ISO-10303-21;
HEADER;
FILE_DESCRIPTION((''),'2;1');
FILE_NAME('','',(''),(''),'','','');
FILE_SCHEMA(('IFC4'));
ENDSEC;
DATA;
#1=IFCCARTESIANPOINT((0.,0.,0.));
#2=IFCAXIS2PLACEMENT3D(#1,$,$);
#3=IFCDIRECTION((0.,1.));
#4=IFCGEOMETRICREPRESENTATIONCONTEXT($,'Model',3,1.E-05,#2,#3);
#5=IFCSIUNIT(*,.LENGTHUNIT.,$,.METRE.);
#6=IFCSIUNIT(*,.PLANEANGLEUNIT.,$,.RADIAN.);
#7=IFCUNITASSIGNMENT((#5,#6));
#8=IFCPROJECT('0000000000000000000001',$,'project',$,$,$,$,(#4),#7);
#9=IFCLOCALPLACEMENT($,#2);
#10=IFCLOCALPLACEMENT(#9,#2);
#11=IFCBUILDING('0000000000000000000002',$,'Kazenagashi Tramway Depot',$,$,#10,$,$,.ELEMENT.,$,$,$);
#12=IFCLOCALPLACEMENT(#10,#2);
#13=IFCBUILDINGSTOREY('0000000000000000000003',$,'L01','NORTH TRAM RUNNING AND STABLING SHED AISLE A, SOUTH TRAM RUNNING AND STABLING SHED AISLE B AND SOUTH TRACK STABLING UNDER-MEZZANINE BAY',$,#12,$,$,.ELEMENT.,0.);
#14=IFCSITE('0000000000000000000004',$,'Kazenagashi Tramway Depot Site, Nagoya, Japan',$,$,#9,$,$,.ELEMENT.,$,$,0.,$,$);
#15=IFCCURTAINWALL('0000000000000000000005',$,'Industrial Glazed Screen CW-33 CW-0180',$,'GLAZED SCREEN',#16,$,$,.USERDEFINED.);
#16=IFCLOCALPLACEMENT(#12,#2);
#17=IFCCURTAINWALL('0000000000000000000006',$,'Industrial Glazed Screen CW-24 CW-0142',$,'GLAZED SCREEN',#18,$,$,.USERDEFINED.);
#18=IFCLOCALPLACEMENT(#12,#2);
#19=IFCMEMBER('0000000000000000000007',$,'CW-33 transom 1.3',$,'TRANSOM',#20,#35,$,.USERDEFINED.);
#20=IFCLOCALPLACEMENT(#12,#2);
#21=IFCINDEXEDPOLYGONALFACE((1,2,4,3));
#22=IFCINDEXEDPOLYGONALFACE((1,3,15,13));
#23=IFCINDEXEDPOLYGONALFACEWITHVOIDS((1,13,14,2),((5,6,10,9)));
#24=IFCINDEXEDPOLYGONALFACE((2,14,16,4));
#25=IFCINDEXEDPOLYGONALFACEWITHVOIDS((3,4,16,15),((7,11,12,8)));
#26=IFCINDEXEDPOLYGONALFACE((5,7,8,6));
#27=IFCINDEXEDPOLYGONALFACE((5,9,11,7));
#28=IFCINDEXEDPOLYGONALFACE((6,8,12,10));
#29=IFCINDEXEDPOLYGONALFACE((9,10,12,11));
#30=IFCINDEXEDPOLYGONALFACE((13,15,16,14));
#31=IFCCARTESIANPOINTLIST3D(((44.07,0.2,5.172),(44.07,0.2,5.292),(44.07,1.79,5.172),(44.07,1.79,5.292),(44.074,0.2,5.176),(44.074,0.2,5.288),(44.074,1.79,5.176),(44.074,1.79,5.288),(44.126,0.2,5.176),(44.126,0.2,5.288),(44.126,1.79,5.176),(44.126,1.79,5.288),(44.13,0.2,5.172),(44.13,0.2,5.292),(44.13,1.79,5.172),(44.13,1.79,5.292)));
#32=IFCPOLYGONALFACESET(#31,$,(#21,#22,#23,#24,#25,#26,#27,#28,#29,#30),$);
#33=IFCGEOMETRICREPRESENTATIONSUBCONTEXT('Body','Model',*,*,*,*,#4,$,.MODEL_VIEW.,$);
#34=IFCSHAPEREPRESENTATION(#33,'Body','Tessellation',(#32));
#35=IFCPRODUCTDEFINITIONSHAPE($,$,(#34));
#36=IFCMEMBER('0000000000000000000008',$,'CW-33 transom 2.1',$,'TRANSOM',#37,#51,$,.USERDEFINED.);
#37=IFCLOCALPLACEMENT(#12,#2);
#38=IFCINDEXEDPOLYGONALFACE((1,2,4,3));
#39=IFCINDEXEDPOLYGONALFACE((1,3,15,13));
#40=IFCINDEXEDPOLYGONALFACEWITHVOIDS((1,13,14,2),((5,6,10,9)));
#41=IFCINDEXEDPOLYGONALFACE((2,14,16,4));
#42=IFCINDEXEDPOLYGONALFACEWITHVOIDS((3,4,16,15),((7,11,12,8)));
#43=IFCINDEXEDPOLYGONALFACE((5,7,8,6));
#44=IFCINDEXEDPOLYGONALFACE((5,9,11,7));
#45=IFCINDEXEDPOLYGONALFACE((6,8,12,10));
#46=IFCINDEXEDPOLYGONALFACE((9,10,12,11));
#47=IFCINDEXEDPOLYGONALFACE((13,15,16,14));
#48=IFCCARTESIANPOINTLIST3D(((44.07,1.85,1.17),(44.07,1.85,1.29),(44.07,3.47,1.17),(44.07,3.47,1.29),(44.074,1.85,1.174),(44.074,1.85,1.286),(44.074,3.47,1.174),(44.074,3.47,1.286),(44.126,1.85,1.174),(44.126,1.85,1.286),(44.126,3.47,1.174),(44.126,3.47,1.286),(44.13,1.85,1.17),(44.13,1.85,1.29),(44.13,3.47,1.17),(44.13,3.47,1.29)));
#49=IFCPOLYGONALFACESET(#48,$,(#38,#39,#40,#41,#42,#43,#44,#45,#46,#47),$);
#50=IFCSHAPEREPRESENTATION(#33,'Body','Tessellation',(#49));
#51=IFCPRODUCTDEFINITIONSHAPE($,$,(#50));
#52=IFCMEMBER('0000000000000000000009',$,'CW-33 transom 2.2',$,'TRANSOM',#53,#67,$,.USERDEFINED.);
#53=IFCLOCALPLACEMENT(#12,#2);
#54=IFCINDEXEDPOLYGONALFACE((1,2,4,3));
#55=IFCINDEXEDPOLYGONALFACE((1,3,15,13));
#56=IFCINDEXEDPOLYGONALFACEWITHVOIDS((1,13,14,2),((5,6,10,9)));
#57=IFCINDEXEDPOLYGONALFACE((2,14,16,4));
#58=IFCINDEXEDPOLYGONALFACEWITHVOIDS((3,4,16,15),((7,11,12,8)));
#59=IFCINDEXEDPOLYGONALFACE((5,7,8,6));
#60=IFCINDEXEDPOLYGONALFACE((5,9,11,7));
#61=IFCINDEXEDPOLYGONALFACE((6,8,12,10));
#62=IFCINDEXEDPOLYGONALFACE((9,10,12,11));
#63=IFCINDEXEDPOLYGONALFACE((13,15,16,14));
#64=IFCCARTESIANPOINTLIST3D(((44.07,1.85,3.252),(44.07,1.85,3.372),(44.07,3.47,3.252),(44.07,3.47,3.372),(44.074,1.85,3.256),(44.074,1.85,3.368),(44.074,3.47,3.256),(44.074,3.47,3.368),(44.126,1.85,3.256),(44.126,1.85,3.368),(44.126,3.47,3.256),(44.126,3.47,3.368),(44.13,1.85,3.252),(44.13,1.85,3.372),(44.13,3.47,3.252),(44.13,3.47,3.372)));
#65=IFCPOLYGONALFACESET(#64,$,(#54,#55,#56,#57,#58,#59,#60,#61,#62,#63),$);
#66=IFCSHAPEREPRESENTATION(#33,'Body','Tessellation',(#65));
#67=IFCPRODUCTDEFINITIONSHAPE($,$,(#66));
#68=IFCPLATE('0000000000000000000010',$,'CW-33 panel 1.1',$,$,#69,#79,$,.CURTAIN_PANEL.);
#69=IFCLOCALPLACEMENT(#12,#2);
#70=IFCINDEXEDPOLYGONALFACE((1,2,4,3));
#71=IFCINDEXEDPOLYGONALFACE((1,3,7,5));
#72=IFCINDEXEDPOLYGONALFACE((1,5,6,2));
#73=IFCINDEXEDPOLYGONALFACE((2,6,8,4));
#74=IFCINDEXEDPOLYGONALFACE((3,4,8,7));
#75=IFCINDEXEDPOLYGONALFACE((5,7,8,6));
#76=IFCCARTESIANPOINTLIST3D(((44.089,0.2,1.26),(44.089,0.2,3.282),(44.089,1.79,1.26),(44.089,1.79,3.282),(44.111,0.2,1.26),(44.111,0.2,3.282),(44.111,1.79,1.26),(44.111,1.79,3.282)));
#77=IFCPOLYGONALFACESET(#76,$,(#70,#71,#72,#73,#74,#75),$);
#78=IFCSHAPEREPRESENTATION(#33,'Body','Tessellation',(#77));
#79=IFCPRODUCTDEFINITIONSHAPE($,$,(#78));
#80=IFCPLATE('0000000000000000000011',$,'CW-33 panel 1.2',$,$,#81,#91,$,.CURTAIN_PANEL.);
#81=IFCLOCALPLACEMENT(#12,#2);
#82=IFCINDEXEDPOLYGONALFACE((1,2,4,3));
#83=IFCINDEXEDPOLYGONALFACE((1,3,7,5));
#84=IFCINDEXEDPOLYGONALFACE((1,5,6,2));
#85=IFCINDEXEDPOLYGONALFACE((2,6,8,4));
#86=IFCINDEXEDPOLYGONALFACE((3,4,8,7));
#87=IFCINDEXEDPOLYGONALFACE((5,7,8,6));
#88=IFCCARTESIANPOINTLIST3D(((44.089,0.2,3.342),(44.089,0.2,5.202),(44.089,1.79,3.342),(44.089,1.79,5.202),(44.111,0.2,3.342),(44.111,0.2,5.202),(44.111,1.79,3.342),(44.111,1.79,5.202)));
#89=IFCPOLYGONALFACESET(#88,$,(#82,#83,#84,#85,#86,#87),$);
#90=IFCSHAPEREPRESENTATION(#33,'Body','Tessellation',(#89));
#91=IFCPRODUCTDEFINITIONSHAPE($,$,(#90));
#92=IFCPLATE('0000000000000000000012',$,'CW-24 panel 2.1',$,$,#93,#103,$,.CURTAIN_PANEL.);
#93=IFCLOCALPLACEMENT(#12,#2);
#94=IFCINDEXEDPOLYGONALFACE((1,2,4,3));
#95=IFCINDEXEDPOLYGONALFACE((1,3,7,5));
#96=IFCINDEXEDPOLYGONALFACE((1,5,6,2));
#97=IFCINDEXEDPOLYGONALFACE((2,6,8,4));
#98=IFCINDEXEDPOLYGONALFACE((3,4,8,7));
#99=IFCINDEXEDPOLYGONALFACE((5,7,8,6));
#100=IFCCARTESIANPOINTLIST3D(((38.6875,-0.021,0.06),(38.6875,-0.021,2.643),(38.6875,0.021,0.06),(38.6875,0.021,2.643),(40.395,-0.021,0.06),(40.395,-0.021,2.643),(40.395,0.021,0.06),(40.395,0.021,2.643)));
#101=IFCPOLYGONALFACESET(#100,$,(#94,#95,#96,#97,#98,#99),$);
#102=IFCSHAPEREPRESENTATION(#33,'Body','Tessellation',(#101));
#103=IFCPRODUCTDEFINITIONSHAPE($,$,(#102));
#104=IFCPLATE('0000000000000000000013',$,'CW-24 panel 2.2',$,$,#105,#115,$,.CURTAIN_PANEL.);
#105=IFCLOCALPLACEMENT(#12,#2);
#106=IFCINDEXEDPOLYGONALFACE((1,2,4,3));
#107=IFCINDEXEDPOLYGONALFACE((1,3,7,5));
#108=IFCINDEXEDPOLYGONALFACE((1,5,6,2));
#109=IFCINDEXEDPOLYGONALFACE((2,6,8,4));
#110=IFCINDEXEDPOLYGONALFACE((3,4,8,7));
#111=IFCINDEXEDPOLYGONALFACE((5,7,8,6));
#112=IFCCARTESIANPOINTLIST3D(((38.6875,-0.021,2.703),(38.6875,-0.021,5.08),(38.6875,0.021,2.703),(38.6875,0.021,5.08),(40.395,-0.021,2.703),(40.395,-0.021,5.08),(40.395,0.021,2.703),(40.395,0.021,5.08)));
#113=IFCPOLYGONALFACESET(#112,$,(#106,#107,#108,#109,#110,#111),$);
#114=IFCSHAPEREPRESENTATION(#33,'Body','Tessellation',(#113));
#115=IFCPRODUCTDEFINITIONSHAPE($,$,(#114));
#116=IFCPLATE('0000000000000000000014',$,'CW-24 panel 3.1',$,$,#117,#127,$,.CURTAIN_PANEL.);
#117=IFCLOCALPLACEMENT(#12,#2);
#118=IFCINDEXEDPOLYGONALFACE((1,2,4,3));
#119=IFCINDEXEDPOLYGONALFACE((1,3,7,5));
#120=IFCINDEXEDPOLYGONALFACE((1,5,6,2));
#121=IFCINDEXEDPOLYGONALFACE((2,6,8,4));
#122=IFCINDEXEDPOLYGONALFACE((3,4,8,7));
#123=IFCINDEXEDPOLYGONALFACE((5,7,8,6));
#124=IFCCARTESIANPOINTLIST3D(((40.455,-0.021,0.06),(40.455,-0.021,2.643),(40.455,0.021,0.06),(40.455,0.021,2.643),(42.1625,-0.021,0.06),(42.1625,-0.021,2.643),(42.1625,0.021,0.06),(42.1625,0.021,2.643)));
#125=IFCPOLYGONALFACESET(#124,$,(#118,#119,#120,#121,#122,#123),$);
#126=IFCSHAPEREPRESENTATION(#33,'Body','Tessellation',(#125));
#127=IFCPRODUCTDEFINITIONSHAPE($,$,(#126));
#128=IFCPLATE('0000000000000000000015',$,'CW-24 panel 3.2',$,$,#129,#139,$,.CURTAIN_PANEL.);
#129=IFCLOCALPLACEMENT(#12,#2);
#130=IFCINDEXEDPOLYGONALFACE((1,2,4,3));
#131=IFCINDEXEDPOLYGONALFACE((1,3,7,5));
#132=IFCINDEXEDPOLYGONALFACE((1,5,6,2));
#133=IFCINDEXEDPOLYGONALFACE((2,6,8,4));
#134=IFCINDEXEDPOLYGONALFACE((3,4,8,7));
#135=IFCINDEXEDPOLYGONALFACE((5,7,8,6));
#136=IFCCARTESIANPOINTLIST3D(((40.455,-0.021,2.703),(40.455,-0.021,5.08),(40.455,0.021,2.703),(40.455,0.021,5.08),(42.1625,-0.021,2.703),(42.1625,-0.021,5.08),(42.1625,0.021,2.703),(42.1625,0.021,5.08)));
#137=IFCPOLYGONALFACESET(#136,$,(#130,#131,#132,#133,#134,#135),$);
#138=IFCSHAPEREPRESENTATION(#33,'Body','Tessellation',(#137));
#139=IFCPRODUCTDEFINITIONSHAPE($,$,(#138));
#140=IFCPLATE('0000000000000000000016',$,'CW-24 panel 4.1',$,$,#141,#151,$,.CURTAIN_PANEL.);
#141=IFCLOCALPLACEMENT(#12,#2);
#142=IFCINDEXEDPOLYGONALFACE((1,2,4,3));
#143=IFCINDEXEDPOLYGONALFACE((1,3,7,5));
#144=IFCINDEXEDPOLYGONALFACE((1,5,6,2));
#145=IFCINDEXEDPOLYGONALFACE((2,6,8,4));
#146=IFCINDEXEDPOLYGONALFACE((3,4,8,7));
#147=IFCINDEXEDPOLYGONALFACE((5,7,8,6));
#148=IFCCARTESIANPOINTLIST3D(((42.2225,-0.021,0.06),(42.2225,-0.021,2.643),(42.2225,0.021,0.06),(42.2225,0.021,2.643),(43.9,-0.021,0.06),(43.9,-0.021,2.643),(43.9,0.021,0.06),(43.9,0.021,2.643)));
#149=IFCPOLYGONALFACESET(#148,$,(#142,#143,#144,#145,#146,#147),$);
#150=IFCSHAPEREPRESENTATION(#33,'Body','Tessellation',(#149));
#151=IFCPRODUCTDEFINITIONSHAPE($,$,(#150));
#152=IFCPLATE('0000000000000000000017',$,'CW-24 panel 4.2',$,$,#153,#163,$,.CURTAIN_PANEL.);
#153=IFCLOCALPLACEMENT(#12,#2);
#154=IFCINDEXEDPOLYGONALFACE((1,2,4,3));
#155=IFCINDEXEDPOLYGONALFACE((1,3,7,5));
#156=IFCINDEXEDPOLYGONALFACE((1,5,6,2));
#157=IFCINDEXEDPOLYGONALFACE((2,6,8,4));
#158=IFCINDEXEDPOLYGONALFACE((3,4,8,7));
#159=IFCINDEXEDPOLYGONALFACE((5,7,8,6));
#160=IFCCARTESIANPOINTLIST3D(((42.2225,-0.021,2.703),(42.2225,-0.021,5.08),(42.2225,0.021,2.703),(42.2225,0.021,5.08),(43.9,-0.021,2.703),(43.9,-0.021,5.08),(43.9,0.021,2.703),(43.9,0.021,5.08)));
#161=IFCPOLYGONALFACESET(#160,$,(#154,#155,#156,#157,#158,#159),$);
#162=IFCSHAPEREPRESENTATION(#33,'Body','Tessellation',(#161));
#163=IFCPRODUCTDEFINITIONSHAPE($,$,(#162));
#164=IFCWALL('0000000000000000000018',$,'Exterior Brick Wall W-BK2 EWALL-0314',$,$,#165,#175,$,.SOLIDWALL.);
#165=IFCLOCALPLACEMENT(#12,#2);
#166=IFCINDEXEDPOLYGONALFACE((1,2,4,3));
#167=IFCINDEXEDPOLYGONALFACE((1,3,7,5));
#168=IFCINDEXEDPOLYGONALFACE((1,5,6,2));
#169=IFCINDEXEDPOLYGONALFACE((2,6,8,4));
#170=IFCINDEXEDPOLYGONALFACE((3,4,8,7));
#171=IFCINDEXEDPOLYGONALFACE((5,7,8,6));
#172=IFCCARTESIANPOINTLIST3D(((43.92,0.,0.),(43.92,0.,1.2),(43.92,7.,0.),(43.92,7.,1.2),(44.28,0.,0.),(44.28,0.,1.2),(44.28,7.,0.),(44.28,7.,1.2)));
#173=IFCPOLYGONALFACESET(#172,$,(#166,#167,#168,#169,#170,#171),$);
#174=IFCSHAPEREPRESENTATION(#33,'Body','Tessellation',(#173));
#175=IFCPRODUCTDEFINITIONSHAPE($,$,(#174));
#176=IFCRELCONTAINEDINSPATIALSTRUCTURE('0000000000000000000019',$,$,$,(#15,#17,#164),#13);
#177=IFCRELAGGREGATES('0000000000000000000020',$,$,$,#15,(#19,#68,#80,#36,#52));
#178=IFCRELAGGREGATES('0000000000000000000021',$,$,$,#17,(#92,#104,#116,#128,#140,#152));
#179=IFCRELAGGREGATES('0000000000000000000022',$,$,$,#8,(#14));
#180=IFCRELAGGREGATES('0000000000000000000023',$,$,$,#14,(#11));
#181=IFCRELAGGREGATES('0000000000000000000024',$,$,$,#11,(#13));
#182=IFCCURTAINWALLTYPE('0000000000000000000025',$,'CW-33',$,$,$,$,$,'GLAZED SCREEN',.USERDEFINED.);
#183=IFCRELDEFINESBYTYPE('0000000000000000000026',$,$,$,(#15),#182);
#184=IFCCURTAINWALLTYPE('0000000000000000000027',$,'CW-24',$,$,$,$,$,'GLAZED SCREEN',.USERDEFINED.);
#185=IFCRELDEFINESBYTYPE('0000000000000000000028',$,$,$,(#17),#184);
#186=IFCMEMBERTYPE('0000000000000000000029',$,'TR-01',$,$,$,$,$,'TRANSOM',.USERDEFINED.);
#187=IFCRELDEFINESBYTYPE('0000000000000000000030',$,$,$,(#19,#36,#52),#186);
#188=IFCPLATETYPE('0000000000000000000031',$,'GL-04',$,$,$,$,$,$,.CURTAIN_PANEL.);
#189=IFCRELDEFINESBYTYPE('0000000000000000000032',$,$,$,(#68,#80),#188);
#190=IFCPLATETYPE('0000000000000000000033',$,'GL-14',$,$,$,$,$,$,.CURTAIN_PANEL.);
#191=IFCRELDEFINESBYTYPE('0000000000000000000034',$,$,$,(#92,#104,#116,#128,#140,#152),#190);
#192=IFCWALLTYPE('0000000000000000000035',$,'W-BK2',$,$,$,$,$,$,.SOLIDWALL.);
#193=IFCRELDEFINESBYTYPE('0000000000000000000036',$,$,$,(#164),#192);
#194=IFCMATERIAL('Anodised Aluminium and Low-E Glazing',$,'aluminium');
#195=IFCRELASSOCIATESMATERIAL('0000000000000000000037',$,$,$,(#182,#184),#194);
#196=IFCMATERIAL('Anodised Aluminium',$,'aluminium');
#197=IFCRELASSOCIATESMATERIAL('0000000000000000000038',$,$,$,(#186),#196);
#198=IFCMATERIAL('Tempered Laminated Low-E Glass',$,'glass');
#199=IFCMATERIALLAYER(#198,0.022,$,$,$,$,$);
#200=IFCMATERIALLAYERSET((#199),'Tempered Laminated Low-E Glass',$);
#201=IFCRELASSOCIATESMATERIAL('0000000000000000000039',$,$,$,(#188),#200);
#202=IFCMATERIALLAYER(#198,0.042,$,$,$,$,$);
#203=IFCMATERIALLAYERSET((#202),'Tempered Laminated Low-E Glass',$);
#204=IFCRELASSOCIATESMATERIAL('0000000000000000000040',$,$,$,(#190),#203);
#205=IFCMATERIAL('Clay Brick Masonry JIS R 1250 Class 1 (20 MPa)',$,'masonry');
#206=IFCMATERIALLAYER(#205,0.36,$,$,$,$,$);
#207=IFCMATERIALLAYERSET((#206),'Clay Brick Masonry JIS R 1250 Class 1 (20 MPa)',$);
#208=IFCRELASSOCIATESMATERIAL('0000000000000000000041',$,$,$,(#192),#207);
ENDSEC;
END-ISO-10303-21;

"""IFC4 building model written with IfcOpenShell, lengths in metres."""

from ifc_helpers import new_model, si_unit, direction, frame, frame_2d, origin, origin_2d, place, context, subcontext, project, spatial, rectangle, hollow_rectangle, extrude, material, layer, layer_set, material_profile, profile_set, type_object, element, aggregate, save


model = new_model("IFC4")

# Units and contexts
model_context = context("Model", 3, precision=1e-05, world=origin(), true_north=direction((0.0, 1.0)))
body_context = subcontext(model_context, "Body", "Model", "MODEL_VIEW")
ifc_project = project(units=[si_unit("LENGTHUNIT", "METRE"), si_unit("PLANEANGLEUNIT", "RADIAN")], contexts=[model_context])

# Site, building, storey
site_placement = place(None, origin())
site = spatial("IfcSite", under=ifc_project, at=site_placement, Name="Kazenagashi Tramway Depot Site, Nagoya, Japan", CompositionType="ELEMENT", RefElevation=0.0)
building_placement = place(site_placement, origin())
building = spatial("IfcBuilding", under=site, at=building_placement, Name="Kazenagashi Tramway Depot", CompositionType="ELEMENT")
storey_placement = place(building_placement, origin())
storey = spatial("IfcBuildingStorey", under=building, at=storey_placement, Name="L01", Description="NORTH TRAM RUNNING AND STABLING SHED AISLE A, SOUTH TRAM RUNNING AND STABLING SHED AISLE B AND SOUTH TRACK STABLING UNDER-MEZZANINE BAY", CompositionType="ELEMENT", Elevation=0.0)

# Curtain walls
ifc_material_1 = material(Name="Anodised Aluminium and Low-E Glazing", Category="aluminium")
curtain_wall_type_1 = type_object("IfcCurtainWallType", Name="CW-33", ElementType="GLAZED SCREEN", PredefinedType="USERDEFINED", material=ifc_material_1)
curtain_wall_1_placement = place(storey_placement, origin())
curtain_wall_1 = element("IfcCurtainWall", 1, at=curtain_wall_1_placement, inside=storey, type_object=curtain_wall_type_1, Name="Industrial Glazed Screen CW-33 CW-0180", ObjectType="GLAZED SCREEN", PredefinedType="USERDEFINED")
ifc_material_2 = material(Name="Anodised Aluminium", Category="aluminium")
curtain_wall_type_2 = type_object("IfcCurtainWallType", Name="CW-24", ElementType="GLAZED SCREEN", PredefinedType="USERDEFINED", material=ifc_material_1)
curtain_wall_2_placement = place(storey_placement, origin())
curtain_wall_2 = element("IfcCurtainWall", 2, at=curtain_wall_2_placement, inside=storey, type_object=curtain_wall_type_2, Name="Industrial Glazed Screen CW-24 CW-0142", ObjectType="GLAZED SCREEN", PredefinedType="USERDEFINED")
ifc_material_profile_1 = material_profile(ifc_material_2, hollow_rectangle(XDim=0.06, YDim=0.12, WallThickness=0.004, at=origin_2d()), Name="RHS-120x60x4")
ifc_profile_set_1 = profile_set([ifc_material_profile_1], Name="Anodised Aluminium")
member_type_1 = type_object("IfcMemberType", Name="TR-01", ElementType="TRANSOM", PredefinedType="USERDEFINED", material=ifc_profile_set_1)

# Members
member_1_placement = place(storey_placement, frame((44.1, 0.2, 5.232), z_axis=(0.0, 1.0, 0.0), x_axis=(-1.0, 0.0, 0.0)))
member_1 = element("IfcMember", 3, at=member_1_placement, type_object=member_type_1, Name="CW-33 transom 1.3", ObjectType="TRANSOM", PredefinedType="USERDEFINED", context=body_context, shape_type="SweptSolid", body=[
    extrude(hollow_rectangle(XDim=0.06, YDim=0.12, WallThickness=0.004, at=origin_2d()), origin(), (0.0, 0.0, 1.0), 1.59),
])
member_2_placement = place(storey_placement, frame((44.1, 1.85, 1.23), z_axis=(0.0, 1.0, 0.0), x_axis=(-1.0, 0.0, 0.0)))
member_2 = element("IfcMember", 4, at=member_2_placement, type_object=member_type_1, Name="CW-33 transom 2.1", ObjectType="TRANSOM", PredefinedType="USERDEFINED", context=body_context, shape_type="SweptSolid", body=[
    extrude(hollow_rectangle(XDim=0.06, YDim=0.12, WallThickness=0.004, at=origin_2d()), origin(), (0.0, 0.0, 1.0), 1.62),
])
member_3_placement = place(storey_placement, frame((44.1, 1.85, 3.312), z_axis=(0.0, 1.0, 0.0), x_axis=(-1.0, 0.0, 0.0)))
member_3 = element("IfcMember", 5, at=member_3_placement, type_object=member_type_1, Name="CW-33 transom 2.2", ObjectType="TRANSOM", PredefinedType="USERDEFINED", context=body_context, shape_type="SweptSolid", body=[
    extrude(hollow_rectangle(XDim=0.06, YDim=0.12, WallThickness=0.004, at=origin_2d()), origin(), (0.0, 0.0, 1.0), 1.62),
])

# Plates
ifc_material_3 = material(Name="Tempered Laminated Low-E Glass", Category="glass")
ifc_layer_1 = layer(ifc_material_3, 0.022)
ifc_layer_set_1 = layer_set([ifc_layer_1], Name="Tempered Laminated Low-E Glass")
plate_type_1 = type_object("IfcPlateType", Name="GL-04", PredefinedType="CURTAIN_PANEL", material=ifc_layer_set_1)
plate_1_placement = place(storey_placement, frame((44.1, 0.995, 1.26), z_axis=(0.0, 0.0, 1.0), x_axis=(0.0, 1.0, 0.0)))
plate_1 = element("IfcPlate", 6, at=plate_1_placement, type_object=plate_type_1, Name="CW-33 panel 1.1", PredefinedType="CURTAIN_PANEL", context=body_context, shape_type="SweptSolid", body=[
    extrude(rectangle(XDim=1.59, YDim=0.022, at=origin_2d()), origin(), (0.0, 0.0, 1.0), 2.022),
])
plate_2_placement = place(storey_placement, frame((44.1, 0.995, 3.342), z_axis=(0.0, 0.0, 1.0), x_axis=(0.0, 1.0, 0.0)))
plate_2 = element("IfcPlate", 7, at=plate_2_placement, type_object=plate_type_1, Name="CW-33 panel 1.2", PredefinedType="CURTAIN_PANEL", context=body_context, shape_type="SweptSolid", body=[
    extrude(rectangle(XDim=1.59, YDim=0.022, at=origin_2d()), origin(), (0.0, 0.0, 1.0), 1.86),
])
aggregate(curtain_wall_1, [member_1, plate_1, plate_2, member_2, member_3])
ifc_layer_2 = layer(ifc_material_3, 0.042)
ifc_layer_set_2 = layer_set([ifc_layer_2], Name="Tempered Laminated Low-E Glass")
plate_type_2 = type_object("IfcPlateType", Name="GL-14", PredefinedType="CURTAIN_PANEL", material=ifc_layer_set_2)
plate_3_placement = place(storey_placement, frame((39.5412, 0.0, 0.06), z_axis=(0.0, 0.0, 1.0), x_axis=(1.0, 0.0, 0.0)))
plate_3 = element("IfcPlate", 8, at=plate_3_placement, type_object=plate_type_2, Name="CW-24 panel 2.1", PredefinedType="CURTAIN_PANEL", context=body_context, shape_type="SweptSolid", body=[
    extrude(rectangle(XDim=1.7075, YDim=0.042, at=origin_2d()), origin(), (0.0, 0.0, 1.0), 2.583),
])
plate_4_placement = place(storey_placement, frame((39.5412, 0.0, 2.703), z_axis=(0.0, 0.0, 1.0), x_axis=(1.0, 0.0, 0.0)))
plate_4 = element("IfcPlate", 9, at=plate_4_placement, type_object=plate_type_2, Name="CW-24 panel 2.2", PredefinedType="CURTAIN_PANEL", context=body_context, shape_type="SweptSolid", body=[
    extrude(rectangle(XDim=1.7075, YDim=0.042, at=origin_2d()), origin(), (0.0, 0.0, 1.0), 2.377),
])
plate_5_placement = place(storey_placement, frame((41.3088, 0.0, 0.06), z_axis=(0.0, 0.0, 1.0), x_axis=(1.0, 0.0, 0.0)))
plate_5 = element("IfcPlate", 10, at=plate_5_placement, type_object=plate_type_2, Name="CW-24 panel 3.1", PredefinedType="CURTAIN_PANEL", context=body_context, shape_type="SweptSolid", body=[
    extrude(rectangle(XDim=1.7075, YDim=0.042, at=origin_2d()), origin(), (0.0, 0.0, 1.0), 2.583),
])
plate_6_placement = place(storey_placement, frame((41.3088, 0.0, 2.703), z_axis=(0.0, 0.0, 1.0), x_axis=(1.0, 0.0, 0.0)))
plate_6 = element("IfcPlate", 11, at=plate_6_placement, type_object=plate_type_2, Name="CW-24 panel 3.2", PredefinedType="CURTAIN_PANEL", context=body_context, shape_type="SweptSolid", body=[
    extrude(rectangle(XDim=1.7075, YDim=0.042, at=origin_2d()), origin(), (0.0, 0.0, 1.0), 2.377),
])
plate_7_placement = place(storey_placement, frame((43.0613, 0.0, 0.06), z_axis=(0.0, 0.0, 1.0), x_axis=(1.0, 0.0, 0.0)))
plate_7 = element("IfcPlate", 12, at=plate_7_placement, type_object=plate_type_2, Name="CW-24 panel 4.1", PredefinedType="CURTAIN_PANEL", context=body_context, shape_type="SweptSolid", body=[
    extrude(rectangle(XDim=1.6775, YDim=0.042, at=origin_2d()), origin(), (0.0, 0.0, 1.0), 2.583),
])
plate_8_placement = place(storey_placement, frame((43.0613, 0.0, 2.703), z_axis=(0.0, 0.0, 1.0), x_axis=(1.0, 0.0, 0.0)))
plate_8 = element("IfcPlate", 13, at=plate_8_placement, type_object=plate_type_2, Name="CW-24 panel 4.2", PredefinedType="CURTAIN_PANEL", context=body_context, shape_type="SweptSolid", body=[
    extrude(rectangle(XDim=1.6775, YDim=0.042, at=origin_2d()), origin(), (0.0, 0.0, 1.0), 2.377),
])
aggregate(curtain_wall_2, [plate_3, plate_4, plate_5, plate_6, plate_7, plate_8])

# Wall
ifc_material_4 = material(Name="Clay Brick Masonry JIS R 1250 Class 1 (20 MPa)", Category="masonry")
ifc_layer_3 = layer(ifc_material_4, 0.36)
ifc_layer_set_3 = layer_set([ifc_layer_3], Name="Clay Brick Masonry JIS R 1250 Class 1 (20 MPa)")
wall_type = type_object("IfcWallType", Name="W-BK2", PredefinedType="SOLIDWALL", material=ifc_layer_set_3)
wall_placement = place(storey_placement, frame((44.1, 0.0, 0.0), z_axis=(0.0, 0.0, 1.0), x_axis=(0.0, 1.0, 0.0)))
element("IfcWall", 14, at=wall_placement, inside=storey, type_object=wall_type, Name="Exterior Brick Wall W-BK2 EWALL-0314", PredefinedType="SOLIDWALL", context=body_context, shape_type="SweptSolid", body=[
    extrude(rectangle(XDim=7.0, YDim=0.36, at=frame_2d((3.5, 0.0))), origin(), (0.0, 0.0, 1.0), 1.2),
])

save(model, "model.ifc")
